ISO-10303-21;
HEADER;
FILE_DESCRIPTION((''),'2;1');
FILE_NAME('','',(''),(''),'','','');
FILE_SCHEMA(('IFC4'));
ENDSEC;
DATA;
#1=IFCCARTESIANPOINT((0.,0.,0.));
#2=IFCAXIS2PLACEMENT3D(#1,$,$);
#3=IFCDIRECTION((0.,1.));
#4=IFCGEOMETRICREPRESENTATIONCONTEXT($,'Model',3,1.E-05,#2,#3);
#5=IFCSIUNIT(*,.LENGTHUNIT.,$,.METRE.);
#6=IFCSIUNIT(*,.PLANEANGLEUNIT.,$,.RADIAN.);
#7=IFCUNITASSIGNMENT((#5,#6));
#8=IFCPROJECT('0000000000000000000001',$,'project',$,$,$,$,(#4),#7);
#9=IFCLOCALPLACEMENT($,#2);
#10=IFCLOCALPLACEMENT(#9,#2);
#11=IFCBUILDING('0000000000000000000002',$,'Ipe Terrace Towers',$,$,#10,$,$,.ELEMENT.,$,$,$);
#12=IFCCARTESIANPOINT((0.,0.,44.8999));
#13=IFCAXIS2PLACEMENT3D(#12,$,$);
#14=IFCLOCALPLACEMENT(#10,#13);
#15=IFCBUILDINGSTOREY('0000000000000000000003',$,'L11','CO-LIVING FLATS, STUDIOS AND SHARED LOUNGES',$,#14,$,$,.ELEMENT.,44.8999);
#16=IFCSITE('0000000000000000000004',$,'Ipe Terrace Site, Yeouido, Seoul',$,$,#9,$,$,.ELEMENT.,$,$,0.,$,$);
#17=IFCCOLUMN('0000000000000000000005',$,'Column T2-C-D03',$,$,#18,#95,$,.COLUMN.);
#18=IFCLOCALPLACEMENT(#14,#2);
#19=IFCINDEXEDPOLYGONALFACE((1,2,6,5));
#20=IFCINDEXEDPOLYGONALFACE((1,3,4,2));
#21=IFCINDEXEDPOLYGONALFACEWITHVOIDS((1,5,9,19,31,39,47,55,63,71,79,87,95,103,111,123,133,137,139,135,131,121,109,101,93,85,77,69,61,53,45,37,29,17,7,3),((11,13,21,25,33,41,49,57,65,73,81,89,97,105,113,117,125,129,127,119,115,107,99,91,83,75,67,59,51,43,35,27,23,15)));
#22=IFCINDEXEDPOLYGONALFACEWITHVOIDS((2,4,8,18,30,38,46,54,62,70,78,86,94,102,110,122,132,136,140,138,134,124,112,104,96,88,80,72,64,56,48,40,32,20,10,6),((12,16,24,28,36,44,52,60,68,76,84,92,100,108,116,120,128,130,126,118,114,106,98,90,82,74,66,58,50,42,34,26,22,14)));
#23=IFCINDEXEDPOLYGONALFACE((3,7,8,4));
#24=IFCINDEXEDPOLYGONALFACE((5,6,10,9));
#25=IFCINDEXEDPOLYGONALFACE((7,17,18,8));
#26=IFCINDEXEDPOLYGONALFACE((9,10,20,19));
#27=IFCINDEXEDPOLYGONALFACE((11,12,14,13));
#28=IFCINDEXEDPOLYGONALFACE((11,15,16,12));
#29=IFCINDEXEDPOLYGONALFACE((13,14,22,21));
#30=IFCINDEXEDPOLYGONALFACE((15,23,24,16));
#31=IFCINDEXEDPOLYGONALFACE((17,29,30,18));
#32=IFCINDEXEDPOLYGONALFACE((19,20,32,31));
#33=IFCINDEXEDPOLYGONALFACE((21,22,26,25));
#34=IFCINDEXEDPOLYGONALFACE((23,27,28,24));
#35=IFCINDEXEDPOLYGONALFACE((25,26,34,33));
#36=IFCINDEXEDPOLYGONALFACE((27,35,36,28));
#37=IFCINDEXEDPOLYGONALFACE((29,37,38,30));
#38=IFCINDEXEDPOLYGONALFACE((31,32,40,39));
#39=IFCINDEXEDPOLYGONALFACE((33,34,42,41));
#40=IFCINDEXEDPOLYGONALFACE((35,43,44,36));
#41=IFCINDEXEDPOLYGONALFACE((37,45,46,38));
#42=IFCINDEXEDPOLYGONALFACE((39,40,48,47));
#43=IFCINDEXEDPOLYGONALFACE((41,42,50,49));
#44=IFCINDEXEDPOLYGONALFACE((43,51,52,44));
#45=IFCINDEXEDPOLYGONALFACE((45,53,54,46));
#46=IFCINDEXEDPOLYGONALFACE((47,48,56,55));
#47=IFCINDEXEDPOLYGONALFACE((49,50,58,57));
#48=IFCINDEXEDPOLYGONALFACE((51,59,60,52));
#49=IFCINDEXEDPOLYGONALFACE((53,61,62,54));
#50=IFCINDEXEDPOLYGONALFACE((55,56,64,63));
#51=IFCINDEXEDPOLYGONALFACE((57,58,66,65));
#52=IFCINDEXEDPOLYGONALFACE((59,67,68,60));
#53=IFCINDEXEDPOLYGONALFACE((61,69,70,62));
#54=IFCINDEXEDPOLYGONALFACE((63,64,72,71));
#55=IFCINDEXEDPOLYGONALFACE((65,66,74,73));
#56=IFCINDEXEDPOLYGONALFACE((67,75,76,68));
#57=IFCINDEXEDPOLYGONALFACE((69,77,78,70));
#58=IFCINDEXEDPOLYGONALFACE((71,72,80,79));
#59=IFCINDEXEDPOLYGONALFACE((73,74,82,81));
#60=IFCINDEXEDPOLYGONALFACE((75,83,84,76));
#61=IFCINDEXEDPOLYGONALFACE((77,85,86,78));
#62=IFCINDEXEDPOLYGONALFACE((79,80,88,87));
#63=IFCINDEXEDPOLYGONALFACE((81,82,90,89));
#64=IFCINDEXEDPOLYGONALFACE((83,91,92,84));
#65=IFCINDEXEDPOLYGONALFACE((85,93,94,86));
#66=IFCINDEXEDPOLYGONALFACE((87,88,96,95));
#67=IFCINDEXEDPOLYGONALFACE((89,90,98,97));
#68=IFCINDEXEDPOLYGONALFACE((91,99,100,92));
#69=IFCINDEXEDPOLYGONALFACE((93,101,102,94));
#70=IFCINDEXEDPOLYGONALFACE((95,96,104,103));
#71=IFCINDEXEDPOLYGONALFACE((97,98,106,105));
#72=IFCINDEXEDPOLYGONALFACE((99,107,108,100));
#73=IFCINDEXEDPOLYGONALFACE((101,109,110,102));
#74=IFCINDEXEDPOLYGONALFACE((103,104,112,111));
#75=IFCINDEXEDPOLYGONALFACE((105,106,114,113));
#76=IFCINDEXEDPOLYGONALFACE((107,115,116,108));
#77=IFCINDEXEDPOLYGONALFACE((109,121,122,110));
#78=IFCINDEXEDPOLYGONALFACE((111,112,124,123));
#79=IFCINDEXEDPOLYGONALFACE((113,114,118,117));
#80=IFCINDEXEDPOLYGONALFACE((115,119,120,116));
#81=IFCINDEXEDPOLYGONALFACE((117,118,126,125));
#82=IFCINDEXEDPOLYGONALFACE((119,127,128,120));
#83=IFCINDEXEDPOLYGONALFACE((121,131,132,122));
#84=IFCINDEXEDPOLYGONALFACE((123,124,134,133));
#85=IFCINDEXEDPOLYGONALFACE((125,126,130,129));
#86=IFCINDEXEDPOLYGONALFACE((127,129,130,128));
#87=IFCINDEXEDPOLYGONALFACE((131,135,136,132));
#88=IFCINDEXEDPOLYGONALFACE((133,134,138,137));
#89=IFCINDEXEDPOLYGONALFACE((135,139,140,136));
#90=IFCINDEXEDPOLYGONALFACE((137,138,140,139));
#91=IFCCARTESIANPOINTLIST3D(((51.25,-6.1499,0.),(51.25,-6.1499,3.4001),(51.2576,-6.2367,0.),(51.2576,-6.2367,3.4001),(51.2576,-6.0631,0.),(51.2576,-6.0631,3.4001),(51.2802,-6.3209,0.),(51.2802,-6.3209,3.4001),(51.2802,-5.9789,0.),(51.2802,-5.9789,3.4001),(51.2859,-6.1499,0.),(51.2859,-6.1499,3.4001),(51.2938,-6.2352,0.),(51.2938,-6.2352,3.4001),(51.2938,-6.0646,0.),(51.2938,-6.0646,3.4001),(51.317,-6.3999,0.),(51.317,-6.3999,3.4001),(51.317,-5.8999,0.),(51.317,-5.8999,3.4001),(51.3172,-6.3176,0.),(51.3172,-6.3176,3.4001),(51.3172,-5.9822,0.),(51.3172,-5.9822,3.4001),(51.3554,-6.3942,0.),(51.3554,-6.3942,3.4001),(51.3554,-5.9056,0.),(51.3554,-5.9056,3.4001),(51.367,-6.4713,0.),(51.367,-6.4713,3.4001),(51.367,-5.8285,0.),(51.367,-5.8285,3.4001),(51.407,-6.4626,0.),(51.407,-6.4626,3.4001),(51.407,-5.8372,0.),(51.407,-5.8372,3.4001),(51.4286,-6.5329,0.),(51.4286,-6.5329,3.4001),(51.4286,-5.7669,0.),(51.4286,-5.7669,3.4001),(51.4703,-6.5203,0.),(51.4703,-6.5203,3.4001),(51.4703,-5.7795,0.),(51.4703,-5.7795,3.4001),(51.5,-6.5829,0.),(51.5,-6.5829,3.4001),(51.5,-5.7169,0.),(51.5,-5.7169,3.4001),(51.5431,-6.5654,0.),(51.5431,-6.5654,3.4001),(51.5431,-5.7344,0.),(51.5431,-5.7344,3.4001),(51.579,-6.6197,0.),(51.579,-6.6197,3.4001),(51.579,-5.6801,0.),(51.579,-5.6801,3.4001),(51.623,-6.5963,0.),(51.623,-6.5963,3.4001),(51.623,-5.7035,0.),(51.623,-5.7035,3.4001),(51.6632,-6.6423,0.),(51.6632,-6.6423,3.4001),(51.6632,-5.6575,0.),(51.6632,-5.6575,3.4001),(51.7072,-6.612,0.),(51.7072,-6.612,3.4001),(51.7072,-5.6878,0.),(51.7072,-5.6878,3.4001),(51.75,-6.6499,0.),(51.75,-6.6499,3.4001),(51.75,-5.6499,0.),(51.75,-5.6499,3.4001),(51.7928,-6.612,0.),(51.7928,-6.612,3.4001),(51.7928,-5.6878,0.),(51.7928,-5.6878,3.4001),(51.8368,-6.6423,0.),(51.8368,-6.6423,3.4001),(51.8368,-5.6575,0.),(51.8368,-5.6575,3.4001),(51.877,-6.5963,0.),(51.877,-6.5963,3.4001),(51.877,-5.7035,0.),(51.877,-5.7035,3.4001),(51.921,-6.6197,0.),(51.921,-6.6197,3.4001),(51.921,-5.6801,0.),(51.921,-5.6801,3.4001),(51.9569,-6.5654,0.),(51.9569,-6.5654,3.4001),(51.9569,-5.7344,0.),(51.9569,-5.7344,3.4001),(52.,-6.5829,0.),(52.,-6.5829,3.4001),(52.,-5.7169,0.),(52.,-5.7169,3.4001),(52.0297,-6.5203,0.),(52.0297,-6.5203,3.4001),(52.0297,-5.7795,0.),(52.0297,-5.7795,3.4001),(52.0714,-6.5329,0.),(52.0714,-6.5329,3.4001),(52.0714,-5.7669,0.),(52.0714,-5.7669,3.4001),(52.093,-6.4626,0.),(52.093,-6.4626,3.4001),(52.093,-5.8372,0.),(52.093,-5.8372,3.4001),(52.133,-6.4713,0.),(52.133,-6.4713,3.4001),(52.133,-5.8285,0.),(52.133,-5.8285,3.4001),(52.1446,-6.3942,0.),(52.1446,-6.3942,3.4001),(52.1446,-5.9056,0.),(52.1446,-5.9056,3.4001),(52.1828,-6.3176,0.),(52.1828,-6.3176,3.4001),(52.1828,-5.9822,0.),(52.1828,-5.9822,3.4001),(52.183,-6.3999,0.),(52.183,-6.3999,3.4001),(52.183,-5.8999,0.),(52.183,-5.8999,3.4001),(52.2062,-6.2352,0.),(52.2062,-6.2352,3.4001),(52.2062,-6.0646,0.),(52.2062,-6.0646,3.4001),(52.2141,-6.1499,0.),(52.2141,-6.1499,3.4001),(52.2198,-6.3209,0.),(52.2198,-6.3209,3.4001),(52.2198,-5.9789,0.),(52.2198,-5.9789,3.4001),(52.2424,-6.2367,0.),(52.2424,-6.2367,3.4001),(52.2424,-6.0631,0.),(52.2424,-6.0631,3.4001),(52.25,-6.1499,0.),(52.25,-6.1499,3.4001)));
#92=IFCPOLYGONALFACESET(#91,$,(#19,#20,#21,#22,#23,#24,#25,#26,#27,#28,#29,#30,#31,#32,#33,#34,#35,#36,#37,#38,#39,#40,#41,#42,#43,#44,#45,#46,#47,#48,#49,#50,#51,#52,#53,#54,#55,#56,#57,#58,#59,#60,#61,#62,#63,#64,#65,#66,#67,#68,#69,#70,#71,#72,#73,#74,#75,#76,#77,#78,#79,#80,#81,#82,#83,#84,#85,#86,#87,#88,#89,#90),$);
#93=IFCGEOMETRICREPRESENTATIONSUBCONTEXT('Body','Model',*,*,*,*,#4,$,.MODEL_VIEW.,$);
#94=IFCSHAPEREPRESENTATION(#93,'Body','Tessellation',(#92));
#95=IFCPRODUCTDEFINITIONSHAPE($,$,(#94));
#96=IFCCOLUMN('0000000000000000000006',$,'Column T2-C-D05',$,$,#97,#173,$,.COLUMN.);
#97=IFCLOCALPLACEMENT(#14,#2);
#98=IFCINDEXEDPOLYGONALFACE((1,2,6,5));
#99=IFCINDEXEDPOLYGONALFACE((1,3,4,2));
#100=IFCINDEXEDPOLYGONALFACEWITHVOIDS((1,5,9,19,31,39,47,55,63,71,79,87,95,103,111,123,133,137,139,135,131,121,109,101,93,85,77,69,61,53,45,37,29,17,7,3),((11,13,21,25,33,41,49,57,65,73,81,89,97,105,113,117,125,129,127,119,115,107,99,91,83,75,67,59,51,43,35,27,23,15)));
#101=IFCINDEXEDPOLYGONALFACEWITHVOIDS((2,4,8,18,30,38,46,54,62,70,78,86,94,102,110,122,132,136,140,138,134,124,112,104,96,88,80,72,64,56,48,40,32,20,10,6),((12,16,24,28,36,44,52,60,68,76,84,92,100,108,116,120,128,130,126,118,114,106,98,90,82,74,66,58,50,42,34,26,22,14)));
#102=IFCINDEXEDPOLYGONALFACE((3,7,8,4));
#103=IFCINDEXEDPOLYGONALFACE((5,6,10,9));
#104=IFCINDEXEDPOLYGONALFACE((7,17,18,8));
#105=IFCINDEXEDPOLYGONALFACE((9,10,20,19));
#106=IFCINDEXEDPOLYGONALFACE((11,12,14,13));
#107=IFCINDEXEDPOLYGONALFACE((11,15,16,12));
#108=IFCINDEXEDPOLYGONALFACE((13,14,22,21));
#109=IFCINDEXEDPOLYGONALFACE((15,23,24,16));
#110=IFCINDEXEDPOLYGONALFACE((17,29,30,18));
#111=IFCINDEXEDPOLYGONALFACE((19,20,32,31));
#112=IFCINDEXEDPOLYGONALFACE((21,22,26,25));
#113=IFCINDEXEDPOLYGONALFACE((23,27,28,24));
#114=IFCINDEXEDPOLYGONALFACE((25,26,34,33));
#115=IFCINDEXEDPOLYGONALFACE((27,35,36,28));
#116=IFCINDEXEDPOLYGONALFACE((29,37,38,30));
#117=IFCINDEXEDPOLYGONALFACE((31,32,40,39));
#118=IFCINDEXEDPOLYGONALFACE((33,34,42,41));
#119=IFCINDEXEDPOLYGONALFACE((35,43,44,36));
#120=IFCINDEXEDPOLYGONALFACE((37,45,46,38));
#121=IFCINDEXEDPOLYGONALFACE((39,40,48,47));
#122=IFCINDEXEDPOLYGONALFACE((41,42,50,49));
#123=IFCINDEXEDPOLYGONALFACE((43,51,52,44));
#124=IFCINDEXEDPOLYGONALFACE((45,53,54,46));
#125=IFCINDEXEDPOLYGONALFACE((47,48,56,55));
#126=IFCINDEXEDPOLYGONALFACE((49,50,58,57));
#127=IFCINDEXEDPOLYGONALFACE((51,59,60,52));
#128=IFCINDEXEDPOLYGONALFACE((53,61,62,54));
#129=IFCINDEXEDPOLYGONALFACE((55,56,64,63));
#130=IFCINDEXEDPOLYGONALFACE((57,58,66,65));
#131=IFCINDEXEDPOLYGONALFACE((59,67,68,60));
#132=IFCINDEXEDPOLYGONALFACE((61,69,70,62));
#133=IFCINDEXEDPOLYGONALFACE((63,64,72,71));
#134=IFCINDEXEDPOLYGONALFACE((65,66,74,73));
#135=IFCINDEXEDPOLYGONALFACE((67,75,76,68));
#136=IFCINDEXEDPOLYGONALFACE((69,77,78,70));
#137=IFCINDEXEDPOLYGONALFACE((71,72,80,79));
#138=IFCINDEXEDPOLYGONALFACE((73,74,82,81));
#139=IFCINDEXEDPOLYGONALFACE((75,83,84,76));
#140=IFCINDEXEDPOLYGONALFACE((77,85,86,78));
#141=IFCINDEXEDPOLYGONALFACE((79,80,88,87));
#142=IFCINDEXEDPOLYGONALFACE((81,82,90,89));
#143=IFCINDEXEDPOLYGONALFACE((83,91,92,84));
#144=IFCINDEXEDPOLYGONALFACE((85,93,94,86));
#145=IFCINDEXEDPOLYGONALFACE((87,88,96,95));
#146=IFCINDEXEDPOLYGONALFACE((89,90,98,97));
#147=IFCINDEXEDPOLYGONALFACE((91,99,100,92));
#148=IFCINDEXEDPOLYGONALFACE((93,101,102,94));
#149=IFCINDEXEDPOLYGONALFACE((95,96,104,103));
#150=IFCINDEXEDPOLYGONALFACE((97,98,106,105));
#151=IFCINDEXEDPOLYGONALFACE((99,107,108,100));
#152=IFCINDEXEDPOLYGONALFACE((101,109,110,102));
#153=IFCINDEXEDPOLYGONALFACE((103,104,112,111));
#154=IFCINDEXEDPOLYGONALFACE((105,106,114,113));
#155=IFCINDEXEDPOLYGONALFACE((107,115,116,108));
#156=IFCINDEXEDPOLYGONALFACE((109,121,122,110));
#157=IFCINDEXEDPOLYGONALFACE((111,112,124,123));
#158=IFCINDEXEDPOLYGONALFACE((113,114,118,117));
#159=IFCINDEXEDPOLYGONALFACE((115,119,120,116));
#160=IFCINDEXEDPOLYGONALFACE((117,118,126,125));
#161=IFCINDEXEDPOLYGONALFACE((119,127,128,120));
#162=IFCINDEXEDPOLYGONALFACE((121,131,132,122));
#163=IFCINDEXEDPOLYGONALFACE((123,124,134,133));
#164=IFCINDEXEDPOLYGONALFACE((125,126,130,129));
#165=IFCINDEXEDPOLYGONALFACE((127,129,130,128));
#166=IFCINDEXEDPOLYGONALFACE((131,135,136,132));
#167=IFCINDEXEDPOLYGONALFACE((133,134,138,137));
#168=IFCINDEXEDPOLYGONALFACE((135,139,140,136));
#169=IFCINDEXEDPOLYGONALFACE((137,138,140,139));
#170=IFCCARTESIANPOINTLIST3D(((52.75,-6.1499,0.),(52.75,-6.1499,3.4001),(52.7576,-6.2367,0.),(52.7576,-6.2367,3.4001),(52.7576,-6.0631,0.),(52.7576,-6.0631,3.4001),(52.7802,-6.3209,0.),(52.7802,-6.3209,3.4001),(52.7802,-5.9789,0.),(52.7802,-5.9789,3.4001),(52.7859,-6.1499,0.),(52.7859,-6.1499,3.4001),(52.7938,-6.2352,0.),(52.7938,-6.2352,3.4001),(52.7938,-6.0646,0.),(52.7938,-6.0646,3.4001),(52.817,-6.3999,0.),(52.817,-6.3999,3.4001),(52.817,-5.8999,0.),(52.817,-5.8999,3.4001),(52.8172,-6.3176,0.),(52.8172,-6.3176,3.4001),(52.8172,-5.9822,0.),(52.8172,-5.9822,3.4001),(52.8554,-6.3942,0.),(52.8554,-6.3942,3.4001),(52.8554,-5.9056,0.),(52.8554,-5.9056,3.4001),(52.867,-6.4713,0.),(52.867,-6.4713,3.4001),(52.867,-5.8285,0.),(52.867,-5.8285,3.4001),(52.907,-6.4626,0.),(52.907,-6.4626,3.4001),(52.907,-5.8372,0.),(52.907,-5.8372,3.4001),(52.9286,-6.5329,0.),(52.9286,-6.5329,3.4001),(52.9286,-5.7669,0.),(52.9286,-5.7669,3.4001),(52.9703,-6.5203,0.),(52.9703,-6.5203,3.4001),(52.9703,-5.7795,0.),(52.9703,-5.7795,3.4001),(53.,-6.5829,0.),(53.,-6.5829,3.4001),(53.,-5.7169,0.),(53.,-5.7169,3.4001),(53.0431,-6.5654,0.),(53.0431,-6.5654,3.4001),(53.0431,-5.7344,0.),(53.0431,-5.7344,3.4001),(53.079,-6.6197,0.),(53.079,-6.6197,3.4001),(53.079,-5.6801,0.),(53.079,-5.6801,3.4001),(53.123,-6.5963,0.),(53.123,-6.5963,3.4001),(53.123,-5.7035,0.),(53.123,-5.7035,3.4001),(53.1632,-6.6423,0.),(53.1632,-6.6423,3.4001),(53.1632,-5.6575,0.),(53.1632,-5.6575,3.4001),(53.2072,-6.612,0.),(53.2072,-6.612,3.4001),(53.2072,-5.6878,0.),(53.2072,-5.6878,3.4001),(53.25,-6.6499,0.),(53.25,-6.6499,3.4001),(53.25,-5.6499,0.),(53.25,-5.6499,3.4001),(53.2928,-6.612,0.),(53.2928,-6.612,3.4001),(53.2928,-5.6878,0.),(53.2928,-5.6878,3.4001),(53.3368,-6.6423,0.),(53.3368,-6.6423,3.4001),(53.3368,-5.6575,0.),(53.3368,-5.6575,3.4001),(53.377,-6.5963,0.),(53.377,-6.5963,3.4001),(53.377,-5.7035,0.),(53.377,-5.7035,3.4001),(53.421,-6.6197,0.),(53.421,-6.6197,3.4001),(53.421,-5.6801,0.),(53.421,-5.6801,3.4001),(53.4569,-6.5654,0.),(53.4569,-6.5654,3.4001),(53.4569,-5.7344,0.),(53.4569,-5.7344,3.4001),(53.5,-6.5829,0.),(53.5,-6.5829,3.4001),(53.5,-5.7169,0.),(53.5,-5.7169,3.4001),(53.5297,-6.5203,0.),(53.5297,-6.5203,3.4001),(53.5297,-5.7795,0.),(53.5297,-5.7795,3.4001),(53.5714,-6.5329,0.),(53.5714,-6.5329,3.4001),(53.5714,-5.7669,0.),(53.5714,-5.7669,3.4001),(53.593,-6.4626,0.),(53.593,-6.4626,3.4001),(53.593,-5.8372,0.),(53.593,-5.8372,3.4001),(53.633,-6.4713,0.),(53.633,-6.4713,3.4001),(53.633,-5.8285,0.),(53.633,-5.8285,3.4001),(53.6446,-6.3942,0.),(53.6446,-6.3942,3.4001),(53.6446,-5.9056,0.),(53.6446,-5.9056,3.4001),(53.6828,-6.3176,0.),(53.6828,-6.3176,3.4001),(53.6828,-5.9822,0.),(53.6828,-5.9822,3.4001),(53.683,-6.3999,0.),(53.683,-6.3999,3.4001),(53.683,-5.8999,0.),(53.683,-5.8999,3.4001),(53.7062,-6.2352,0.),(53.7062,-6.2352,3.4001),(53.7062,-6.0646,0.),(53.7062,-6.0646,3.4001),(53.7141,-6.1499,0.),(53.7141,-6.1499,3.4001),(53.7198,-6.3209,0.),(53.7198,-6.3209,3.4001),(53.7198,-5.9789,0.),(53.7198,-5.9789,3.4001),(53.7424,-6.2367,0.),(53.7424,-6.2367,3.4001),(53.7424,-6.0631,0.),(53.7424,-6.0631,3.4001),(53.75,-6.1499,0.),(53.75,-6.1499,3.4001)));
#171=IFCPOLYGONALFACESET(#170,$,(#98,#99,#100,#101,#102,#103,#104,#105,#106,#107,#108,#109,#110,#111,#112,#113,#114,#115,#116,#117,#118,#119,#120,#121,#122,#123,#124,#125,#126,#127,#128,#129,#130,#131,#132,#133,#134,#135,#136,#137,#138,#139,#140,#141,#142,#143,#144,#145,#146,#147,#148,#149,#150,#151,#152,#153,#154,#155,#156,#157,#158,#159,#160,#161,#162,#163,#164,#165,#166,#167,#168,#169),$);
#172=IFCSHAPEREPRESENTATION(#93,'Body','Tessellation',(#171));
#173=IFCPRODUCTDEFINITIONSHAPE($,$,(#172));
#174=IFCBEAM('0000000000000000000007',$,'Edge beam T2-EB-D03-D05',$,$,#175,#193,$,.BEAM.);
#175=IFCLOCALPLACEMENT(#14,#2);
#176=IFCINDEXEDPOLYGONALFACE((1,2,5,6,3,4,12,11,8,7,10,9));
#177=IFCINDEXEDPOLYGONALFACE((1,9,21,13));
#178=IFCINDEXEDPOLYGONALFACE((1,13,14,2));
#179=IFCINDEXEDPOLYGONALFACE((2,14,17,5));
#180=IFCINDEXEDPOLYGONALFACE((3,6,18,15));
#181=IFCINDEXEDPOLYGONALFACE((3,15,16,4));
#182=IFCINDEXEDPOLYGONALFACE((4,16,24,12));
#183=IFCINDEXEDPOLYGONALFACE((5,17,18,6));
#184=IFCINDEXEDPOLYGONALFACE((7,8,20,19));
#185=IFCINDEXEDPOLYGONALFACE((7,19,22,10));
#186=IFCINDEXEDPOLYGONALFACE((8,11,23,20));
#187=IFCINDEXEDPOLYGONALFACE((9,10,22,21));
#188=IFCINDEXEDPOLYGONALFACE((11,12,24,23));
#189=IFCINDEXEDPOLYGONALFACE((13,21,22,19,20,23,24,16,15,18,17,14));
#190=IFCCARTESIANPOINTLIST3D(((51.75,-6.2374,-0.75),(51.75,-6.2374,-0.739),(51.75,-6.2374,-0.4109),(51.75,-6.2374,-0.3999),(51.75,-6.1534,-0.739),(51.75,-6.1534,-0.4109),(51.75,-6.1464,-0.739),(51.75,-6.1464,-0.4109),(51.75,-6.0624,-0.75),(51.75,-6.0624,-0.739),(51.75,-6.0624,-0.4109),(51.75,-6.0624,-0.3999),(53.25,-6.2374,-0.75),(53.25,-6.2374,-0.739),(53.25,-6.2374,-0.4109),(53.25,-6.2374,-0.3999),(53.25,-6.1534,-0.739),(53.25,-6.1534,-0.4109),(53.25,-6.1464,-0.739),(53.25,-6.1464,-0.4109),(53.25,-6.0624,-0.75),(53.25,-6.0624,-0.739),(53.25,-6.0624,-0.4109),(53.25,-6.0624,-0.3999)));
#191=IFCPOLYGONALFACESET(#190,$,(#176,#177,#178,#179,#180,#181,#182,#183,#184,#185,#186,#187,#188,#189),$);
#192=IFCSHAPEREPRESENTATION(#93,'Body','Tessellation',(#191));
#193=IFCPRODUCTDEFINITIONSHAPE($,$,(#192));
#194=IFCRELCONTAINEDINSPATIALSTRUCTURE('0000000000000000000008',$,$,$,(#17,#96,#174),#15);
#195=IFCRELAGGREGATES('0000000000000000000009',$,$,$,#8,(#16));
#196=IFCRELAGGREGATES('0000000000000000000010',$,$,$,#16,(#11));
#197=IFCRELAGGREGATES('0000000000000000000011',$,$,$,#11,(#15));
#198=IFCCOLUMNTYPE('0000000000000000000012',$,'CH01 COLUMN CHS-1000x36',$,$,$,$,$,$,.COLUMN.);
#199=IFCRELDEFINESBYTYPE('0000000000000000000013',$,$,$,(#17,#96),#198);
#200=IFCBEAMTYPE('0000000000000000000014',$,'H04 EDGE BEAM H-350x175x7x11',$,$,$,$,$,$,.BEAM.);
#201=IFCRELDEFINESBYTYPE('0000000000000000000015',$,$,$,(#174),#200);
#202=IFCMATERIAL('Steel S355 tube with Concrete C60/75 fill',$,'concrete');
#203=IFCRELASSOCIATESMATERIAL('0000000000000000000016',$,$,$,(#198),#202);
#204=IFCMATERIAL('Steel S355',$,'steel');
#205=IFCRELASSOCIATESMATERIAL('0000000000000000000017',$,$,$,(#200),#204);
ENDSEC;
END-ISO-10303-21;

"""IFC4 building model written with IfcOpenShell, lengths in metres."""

from ifc_helpers import new_model, si_unit, direction, frame, origin, origin_2d, place, context, subcontext, project, spatial, hollow_circle, i_section, extrude, material, material_profile, profile_set, type_object, element, save


model = new_model("IFC4")

# Units and contexts
model_context = context("Model", 3, precision=1e-05, world=origin(), true_north=direction((0.0, 1.0)))
body_context = subcontext(model_context, "Body", "Model", "MODEL_VIEW")
ifc_project = project(units=[si_unit("LENGTHUNIT", "METRE"), si_unit("PLANEANGLEUNIT", "RADIAN")], contexts=[model_context])

# Site, building, storey
site_placement = place(None, origin())
site = spatial("IfcSite", under=ifc_project, at=site_placement, Name="Ipe Terrace Site, Yeouido, Seoul", CompositionType="ELEMENT", RefElevation=0.0)
building_placement = place(site_placement, origin())
building = spatial("IfcBuilding", under=site, at=building_placement, Name="Ipe Terrace Towers", CompositionType="ELEMENT")
storey_placement = place(building_placement, frame((0.0, 0.0, 44.8999)))
storey = spatial("IfcBuildingStorey", under=building, at=storey_placement, Name="L11", Description="CO-LIVING FLATS, STUDIOS AND SHARED LOUNGES", CompositionType="ELEMENT", Elevation=44.8999)

# Columns
ifc_material_1 = material(Name="Steel S355 tube with Concrete C60/75 fill", Category="concrete")
ifc_material_profile_1 = material_profile(ifc_material_1, hollow_circle(Radius=0.5, WallThickness=0.0359, at=origin_2d()), Name="CHS-1000x36")
ifc_profile_set_1 = profile_set([ifc_material_profile_1], Name="Steel S355 tube with Concrete C60/75 fill")
column_type = type_object("IfcColumnType", Name="CH01 COLUMN CHS-1000x36", PredefinedType="COLUMN", material=ifc_profile_set_1)
for number, where, z_axis, x_axis, name in (
    (1, (51.75, -6.1499, 0.0), (0.0, 0.0, 1.0), (1.0, 0.0, 0.0), "Column T2-C-D03"),
    (2, (53.25, -6.1499, 0.0), (0.0, 0.0, 1.0), (1.0, 0.0, 0.0), "Column T2-C-D05"),
):
    element("IfcColumn", number, at=place(storey_placement, frame(where, z_axis=z_axis, x_axis=x_axis)), inside=storey, type_object=column_type, Name=name, PredefinedType="COLUMN", context=body_context, shape_type="SweptSolid", body=[
        extrude(hollow_circle(Radius=0.5, WallThickness=0.0359, at=origin_2d()), origin(), (0.0, 0.0, 1.0), 3.4001),
    ])

# Beam
ifc_material_2 = material(Name="Steel S355", Category="steel")
ifc_material_profile_2 = material_profile(ifc_material_2, i_section(OverallWidth=0.175, OverallDepth=0.3501, WebThickness=0.0071, FlangeThickness=0.011, at=origin_2d()), Name="H-350x175x7x11")
ifc_profile_set_2 = profile_set([ifc_material_profile_2], Name="Steel S355")
beam_type = type_object("IfcBeamType", Name="H04 EDGE BEAM H-350x175x7x11", PredefinedType="BEAM", material=ifc_profile_set_2)
beam_placement = place(storey_placement, frame((51.75, -6.1499, -0.575), z_axis=(1.0, 0.0, 0.0), x_axis=(0.0, 1.0, 0.0)))
element("IfcBeam", 3, at=beam_placement, inside=storey, type_object=beam_type, Name="Edge beam T2-EB-D03-D05", PredefinedType="BEAM", context=body_context, shape_type="SweptSolid", body=[
    extrude(i_section(OverallWidth=0.175, OverallDepth=0.3501, WebThickness=0.0071, FlangeThickness=0.011, at=origin_2d()), origin(), (0.0, 0.0, 1.0), 1.5),
])

save(model, "model.ifc")
